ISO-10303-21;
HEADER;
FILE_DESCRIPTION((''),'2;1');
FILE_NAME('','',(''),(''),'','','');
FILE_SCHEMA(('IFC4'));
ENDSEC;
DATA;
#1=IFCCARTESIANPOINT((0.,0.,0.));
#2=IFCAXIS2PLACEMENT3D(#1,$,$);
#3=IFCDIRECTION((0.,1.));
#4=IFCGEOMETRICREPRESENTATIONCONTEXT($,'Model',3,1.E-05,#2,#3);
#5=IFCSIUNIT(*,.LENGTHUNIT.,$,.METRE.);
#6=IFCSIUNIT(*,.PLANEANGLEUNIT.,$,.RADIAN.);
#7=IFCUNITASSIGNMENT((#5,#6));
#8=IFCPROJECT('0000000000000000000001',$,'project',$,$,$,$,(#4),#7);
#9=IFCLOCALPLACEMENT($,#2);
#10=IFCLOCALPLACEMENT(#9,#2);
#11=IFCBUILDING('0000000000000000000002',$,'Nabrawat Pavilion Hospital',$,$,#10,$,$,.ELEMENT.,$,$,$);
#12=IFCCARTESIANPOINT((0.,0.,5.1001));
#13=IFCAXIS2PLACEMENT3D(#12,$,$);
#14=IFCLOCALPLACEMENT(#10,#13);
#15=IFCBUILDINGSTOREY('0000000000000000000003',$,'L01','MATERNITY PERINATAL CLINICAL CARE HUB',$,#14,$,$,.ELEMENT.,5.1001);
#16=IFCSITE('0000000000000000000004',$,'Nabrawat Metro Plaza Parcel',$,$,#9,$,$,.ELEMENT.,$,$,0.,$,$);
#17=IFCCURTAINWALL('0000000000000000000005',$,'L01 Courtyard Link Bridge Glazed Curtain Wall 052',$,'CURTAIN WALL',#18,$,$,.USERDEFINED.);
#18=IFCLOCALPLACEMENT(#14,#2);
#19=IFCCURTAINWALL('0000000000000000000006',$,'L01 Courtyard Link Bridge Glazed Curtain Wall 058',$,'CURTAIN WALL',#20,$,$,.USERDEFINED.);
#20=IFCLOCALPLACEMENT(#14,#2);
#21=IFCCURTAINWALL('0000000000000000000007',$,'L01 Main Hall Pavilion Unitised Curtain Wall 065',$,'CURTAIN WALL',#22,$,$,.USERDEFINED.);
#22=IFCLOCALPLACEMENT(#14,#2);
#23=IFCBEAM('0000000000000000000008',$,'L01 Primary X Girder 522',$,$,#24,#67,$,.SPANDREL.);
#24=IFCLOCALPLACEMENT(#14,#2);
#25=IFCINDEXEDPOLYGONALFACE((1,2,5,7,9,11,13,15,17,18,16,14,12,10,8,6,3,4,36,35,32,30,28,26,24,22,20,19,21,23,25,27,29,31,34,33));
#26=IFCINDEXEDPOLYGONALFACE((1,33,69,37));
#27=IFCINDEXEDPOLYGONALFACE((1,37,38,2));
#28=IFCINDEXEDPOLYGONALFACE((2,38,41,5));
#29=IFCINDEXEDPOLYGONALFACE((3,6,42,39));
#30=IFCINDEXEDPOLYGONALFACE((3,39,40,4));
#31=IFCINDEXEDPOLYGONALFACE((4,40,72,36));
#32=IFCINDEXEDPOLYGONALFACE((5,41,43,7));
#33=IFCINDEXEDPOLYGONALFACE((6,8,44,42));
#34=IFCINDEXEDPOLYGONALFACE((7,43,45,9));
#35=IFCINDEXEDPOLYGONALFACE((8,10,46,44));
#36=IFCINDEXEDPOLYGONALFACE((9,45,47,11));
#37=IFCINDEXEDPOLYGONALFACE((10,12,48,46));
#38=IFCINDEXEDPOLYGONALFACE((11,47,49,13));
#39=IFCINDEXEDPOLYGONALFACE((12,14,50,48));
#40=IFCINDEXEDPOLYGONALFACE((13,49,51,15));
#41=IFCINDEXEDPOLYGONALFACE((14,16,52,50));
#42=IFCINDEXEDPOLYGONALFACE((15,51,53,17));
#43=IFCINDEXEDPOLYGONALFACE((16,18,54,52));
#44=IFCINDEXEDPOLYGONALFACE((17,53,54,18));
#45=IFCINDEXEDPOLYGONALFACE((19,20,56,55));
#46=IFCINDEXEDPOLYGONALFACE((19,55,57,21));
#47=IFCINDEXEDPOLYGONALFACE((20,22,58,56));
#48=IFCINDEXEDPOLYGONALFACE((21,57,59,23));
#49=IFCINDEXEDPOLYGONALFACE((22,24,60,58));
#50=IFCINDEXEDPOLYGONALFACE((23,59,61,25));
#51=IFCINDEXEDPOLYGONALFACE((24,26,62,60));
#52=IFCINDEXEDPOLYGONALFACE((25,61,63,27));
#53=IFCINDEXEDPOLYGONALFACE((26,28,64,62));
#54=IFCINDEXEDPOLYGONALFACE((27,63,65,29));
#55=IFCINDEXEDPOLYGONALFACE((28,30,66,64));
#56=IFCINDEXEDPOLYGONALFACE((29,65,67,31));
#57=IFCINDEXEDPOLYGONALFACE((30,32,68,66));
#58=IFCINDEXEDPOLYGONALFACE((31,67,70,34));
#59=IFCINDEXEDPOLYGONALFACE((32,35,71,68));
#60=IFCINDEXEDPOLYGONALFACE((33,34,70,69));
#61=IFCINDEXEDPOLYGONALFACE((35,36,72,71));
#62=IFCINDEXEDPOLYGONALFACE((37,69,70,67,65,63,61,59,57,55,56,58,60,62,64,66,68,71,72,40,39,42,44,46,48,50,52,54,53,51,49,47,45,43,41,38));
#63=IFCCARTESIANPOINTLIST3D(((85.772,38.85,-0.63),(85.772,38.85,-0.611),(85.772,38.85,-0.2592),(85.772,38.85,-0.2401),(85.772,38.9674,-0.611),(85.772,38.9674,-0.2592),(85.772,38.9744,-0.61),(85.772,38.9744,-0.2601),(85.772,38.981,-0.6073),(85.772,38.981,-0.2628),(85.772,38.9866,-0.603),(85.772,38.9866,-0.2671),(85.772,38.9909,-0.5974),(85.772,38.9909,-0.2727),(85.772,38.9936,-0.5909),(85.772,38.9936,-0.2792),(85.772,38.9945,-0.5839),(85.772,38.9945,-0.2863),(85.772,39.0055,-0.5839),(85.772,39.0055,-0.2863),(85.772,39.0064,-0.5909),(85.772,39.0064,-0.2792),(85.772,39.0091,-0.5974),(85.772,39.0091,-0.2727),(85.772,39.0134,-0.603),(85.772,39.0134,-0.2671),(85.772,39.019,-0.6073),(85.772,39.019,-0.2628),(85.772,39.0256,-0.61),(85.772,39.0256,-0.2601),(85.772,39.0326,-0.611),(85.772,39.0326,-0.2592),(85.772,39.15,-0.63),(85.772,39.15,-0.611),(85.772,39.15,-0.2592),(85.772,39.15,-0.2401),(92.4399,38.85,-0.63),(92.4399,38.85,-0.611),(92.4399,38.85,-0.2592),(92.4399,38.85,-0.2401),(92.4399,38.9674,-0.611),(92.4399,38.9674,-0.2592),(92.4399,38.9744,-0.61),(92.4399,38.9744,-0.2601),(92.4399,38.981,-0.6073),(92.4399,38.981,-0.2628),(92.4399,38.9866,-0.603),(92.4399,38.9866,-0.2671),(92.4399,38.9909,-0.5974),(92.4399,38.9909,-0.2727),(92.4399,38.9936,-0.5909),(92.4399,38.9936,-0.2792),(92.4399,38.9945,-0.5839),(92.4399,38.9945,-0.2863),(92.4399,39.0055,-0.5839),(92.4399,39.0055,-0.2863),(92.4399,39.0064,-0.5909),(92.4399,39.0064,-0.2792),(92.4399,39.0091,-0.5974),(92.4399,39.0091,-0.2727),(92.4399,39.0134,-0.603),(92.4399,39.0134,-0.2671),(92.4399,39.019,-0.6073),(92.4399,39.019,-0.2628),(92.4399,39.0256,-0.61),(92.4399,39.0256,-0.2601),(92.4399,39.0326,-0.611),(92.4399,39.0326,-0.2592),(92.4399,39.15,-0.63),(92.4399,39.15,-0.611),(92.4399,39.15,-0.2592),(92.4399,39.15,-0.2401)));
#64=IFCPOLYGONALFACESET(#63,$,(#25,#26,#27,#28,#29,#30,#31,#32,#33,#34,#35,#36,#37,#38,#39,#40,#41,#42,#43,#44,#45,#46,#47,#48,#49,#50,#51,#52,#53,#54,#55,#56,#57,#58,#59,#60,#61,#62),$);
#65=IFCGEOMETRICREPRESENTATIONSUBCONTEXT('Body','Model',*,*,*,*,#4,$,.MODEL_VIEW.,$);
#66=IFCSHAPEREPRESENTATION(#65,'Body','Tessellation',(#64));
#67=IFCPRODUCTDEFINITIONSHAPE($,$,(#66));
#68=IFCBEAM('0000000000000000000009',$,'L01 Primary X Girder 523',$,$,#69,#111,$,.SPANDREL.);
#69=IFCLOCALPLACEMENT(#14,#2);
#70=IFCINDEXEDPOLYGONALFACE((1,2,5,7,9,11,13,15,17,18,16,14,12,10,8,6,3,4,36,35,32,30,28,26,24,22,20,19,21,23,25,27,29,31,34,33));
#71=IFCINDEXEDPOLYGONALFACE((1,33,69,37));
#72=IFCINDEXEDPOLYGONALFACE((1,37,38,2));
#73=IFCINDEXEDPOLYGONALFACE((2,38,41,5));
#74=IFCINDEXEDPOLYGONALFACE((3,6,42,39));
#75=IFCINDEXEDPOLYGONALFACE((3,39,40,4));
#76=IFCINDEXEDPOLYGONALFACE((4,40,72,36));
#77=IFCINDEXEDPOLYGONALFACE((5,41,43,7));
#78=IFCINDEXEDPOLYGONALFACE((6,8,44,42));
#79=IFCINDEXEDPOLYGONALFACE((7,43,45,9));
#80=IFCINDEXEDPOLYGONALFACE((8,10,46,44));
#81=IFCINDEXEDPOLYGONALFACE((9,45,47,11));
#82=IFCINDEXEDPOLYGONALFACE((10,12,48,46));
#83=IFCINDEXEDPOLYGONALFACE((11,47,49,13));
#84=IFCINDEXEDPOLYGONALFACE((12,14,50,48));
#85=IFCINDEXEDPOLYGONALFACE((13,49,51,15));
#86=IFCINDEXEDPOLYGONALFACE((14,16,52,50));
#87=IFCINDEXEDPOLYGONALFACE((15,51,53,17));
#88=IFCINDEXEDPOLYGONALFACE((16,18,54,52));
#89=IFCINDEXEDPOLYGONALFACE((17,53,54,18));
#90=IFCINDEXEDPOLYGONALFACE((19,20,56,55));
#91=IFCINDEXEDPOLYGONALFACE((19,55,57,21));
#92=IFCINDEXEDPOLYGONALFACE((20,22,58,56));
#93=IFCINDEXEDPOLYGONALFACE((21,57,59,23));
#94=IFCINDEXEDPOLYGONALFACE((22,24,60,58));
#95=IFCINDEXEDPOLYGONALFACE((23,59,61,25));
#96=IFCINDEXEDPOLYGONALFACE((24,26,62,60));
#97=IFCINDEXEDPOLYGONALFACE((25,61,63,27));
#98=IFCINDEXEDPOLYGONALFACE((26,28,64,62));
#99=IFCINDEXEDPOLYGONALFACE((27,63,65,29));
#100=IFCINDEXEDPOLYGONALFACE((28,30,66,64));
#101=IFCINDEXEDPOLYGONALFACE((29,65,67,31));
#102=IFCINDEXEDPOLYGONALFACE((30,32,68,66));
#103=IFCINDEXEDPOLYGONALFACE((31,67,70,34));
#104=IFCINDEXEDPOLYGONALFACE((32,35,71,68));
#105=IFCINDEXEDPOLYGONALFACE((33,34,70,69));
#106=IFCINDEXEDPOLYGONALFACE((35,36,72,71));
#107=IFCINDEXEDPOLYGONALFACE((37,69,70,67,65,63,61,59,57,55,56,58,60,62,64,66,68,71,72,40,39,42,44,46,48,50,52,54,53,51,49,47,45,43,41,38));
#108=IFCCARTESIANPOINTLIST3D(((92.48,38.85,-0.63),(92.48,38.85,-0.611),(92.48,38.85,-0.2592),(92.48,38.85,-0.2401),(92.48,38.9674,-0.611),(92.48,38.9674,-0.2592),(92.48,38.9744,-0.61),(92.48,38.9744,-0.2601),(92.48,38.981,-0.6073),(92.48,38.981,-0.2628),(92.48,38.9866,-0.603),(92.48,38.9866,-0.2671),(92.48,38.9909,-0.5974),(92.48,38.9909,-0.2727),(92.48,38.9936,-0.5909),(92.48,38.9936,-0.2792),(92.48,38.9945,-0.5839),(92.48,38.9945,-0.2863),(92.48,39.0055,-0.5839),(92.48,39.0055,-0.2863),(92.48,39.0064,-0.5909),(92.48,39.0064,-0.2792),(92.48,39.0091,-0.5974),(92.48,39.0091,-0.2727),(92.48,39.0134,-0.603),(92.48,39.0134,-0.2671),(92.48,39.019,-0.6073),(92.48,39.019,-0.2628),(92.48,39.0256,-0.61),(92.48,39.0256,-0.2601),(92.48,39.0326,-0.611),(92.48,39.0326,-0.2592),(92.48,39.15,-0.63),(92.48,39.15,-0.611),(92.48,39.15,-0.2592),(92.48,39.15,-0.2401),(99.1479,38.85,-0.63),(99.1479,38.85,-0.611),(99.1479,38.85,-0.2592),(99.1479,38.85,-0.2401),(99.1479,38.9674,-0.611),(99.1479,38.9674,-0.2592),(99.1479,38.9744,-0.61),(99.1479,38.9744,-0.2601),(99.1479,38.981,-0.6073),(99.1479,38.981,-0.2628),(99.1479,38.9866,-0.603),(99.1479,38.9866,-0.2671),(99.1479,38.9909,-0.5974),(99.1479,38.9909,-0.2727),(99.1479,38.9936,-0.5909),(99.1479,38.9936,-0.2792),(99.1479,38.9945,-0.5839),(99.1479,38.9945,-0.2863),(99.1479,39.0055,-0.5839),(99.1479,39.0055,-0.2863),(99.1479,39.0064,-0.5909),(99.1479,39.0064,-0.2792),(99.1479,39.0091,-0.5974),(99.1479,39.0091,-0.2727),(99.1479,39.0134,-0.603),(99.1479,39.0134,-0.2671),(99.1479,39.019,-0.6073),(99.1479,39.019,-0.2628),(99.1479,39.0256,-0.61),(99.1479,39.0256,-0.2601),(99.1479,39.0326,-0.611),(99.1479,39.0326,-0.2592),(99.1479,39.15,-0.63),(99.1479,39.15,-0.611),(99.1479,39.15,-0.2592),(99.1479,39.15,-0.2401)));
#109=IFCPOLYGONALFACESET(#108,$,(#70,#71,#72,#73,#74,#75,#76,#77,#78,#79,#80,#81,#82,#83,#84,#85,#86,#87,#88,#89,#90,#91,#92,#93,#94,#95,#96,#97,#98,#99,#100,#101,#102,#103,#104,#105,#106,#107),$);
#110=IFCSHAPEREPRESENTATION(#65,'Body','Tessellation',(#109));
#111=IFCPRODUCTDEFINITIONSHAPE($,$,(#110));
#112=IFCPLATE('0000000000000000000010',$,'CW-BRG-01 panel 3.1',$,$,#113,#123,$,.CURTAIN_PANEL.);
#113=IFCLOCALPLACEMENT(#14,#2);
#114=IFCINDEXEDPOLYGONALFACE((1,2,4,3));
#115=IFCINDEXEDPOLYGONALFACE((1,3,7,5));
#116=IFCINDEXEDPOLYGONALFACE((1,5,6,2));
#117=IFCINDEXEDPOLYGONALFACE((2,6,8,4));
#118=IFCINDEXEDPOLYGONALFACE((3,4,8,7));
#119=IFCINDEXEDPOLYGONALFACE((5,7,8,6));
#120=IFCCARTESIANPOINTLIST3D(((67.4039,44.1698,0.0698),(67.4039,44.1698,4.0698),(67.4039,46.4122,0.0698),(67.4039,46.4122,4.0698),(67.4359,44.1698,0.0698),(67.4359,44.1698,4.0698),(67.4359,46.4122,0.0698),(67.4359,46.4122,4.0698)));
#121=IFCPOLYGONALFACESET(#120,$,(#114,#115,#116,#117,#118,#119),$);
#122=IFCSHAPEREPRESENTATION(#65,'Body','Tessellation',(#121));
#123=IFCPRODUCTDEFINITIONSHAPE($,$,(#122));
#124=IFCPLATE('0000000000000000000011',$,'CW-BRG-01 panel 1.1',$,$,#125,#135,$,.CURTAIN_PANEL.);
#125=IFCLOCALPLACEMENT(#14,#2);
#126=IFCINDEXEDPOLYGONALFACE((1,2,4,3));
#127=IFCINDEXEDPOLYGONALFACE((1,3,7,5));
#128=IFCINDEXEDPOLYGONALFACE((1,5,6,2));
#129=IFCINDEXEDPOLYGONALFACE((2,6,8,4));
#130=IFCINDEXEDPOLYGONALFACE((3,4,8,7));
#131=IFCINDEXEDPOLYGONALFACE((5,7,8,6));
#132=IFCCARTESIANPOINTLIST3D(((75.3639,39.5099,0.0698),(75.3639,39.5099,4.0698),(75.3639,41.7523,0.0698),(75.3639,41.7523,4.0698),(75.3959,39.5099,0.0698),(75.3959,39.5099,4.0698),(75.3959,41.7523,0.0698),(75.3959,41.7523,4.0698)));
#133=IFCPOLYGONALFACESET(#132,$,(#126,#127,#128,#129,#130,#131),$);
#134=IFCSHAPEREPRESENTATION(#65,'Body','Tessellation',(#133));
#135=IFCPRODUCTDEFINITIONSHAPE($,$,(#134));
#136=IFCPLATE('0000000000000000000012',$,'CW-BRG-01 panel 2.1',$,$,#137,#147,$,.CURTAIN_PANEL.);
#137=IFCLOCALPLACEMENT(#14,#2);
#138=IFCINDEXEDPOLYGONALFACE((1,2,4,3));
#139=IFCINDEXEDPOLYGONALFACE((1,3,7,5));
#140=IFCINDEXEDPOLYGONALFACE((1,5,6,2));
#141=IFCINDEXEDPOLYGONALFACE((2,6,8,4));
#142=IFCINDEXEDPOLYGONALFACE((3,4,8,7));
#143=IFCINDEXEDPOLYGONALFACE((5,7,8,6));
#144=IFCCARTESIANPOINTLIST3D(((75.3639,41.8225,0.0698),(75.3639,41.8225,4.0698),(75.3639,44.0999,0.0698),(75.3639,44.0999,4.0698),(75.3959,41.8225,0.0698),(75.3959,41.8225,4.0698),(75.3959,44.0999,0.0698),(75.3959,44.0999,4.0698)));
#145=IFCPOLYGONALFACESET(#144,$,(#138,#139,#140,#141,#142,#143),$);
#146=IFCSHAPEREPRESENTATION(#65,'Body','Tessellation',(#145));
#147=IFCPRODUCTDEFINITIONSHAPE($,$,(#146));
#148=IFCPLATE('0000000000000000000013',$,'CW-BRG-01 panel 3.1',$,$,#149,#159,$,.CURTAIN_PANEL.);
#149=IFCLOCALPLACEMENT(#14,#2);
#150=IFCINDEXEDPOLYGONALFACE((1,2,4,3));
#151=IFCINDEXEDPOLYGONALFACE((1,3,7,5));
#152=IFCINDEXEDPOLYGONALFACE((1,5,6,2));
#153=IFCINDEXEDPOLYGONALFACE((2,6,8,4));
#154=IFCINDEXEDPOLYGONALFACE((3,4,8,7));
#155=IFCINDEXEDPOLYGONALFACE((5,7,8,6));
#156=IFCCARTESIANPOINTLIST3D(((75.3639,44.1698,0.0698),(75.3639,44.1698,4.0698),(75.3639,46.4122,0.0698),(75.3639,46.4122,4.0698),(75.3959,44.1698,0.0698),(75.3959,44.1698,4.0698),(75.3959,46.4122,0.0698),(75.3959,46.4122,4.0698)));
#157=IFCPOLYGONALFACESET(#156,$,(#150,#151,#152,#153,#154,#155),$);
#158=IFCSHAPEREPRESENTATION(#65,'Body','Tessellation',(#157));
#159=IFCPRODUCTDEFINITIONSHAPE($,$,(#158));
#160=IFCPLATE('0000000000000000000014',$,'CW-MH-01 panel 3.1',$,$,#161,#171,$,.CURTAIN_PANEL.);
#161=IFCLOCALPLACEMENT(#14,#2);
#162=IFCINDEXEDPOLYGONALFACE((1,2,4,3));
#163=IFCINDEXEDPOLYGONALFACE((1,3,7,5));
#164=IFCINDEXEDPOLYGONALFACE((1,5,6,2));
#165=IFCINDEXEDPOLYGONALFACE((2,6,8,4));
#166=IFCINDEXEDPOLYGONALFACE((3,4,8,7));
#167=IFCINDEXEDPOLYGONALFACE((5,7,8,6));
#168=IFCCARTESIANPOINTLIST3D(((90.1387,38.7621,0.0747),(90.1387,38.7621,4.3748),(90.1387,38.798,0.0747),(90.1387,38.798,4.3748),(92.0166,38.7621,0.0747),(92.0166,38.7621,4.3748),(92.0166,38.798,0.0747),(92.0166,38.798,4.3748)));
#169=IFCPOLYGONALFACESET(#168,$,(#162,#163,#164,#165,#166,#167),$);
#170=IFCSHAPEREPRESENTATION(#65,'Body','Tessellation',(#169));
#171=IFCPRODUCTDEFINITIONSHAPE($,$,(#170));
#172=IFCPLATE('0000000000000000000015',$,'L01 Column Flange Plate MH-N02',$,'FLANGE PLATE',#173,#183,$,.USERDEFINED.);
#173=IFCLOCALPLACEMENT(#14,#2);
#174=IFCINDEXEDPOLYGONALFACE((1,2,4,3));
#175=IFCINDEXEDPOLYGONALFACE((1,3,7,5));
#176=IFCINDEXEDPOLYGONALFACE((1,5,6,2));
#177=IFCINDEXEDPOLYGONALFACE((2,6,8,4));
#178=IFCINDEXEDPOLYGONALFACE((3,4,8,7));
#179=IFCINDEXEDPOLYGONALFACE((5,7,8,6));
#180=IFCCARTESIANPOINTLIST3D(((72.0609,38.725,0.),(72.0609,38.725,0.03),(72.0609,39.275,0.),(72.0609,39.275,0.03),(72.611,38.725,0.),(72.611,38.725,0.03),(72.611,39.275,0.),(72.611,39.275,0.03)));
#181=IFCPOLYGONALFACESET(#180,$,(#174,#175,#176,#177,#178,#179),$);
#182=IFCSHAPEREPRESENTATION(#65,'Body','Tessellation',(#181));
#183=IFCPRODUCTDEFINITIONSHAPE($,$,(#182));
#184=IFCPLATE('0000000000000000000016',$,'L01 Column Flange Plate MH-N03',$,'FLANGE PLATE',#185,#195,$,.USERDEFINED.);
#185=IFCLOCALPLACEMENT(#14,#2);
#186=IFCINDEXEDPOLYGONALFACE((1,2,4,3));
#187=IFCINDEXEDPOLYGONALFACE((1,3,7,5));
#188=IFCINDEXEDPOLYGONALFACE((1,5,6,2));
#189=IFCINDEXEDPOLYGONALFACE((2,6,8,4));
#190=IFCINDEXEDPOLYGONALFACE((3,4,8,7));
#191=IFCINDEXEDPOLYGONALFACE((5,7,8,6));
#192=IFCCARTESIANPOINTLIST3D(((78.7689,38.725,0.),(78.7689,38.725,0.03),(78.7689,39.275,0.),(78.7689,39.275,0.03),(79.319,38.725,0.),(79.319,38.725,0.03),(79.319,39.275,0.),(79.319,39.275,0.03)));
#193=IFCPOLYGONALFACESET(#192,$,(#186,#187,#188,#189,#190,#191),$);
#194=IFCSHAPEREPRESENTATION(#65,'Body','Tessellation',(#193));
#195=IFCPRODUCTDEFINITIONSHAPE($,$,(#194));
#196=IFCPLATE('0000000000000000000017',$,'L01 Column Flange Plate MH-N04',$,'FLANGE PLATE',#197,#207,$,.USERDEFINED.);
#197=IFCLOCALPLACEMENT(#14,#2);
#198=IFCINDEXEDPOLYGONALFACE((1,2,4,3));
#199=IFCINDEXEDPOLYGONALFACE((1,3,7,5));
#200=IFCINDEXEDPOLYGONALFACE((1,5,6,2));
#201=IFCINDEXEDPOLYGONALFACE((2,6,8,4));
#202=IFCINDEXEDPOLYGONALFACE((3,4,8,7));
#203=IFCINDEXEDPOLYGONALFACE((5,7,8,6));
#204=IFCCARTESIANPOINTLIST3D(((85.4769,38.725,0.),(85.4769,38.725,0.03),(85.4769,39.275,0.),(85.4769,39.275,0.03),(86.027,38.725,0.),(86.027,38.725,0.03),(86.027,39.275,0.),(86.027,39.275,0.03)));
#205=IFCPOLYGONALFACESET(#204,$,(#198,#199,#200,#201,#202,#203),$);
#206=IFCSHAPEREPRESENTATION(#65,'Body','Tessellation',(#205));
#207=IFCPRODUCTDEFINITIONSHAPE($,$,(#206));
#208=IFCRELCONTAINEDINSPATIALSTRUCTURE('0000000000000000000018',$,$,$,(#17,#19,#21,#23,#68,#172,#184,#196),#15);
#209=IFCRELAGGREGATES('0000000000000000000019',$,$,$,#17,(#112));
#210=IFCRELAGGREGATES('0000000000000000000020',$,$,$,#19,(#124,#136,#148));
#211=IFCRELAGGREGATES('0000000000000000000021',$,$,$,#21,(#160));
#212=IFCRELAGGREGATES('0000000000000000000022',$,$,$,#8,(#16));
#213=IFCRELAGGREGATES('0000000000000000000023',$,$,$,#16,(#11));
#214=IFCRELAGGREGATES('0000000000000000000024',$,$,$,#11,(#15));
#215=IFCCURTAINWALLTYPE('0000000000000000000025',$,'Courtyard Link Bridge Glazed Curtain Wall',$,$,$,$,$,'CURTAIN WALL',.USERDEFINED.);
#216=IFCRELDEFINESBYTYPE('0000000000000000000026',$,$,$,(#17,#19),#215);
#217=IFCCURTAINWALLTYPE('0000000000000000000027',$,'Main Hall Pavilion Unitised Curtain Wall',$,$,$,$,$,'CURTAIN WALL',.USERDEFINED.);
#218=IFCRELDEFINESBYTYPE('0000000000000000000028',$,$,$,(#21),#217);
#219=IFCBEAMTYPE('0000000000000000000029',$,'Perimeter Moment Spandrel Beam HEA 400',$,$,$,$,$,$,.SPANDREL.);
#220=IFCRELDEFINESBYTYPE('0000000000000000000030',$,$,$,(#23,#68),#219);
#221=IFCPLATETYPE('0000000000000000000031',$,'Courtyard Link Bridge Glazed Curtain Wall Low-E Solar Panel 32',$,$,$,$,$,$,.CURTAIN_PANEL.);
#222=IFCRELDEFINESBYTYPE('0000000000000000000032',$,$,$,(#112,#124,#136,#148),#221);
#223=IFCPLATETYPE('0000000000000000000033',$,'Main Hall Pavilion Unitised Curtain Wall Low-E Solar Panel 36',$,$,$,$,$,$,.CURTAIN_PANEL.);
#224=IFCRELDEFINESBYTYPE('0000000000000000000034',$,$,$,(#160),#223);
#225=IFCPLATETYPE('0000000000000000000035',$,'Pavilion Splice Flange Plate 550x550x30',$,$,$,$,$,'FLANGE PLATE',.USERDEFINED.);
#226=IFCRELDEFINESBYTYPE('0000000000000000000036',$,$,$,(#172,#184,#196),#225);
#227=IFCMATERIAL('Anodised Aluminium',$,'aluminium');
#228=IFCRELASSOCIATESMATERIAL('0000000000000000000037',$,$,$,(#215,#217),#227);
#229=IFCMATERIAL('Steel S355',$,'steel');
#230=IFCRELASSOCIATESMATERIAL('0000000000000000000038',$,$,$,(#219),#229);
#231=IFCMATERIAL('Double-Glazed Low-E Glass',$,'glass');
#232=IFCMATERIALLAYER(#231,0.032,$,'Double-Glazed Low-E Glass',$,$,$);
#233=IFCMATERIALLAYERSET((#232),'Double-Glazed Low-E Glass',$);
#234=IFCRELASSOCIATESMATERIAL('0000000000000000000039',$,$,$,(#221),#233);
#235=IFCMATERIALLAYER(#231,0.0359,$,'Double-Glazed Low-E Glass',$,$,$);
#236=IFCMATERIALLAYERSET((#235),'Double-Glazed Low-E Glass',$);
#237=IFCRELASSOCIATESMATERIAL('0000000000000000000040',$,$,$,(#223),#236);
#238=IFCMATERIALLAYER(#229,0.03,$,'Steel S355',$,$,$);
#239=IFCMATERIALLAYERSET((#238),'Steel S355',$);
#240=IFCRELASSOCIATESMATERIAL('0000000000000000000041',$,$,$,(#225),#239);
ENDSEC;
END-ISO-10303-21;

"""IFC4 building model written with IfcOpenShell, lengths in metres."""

from ifc_helpers import new_model, si_unit, direction, frame, origin, origin_2d, place, context, subcontext, project, spatial, rectangle, i_section, extrude, material, layer, layer_set, material_profile, profile_set, type_object, element, aggregate, save


model = new_model("IFC4")

# Units and contexts
model_context = context("Model", 3, precision=1e-05, world=origin(), true_north=direction((0.0, 1.0)))
body_context = subcontext(model_context, "Body", "Model", "MODEL_VIEW")
ifc_project = project(units=[si_unit("LENGTHUNIT", "METRE"), si_unit("PLANEANGLEUNIT", "RADIAN")], contexts=[model_context])

# Site, building, storey
site_placement = place(None, origin())
site = spatial("IfcSite", under=ifc_project, at=site_placement, Name="Nabrawat Metro Plaza Parcel", CompositionType="ELEMENT", RefElevation=0.0)
building_placement = place(site_placement, origin())
building = spatial("IfcBuilding", under=site, at=building_placement, Name="Nabrawat Pavilion Hospital", CompositionType="ELEMENT")
storey_placement = place(building_placement, frame((0.0, 0.0, 5.1001)))
storey = spatial("IfcBuildingStorey", under=building, at=storey_placement, Name="L01", Description="MATERNITY PERINATAL CLINICAL CARE HUB", CompositionType="ELEMENT", Elevation=5.1001)

# Shared definitions
ifc_material_1 = material(Name="Steel S355", Category="steel")

# Curtain wall
ifc_material_2 = material(Name="Anodised Aluminium", Category="aluminium")
curtain_wall_type_1 = type_object("IfcCurtainWallType", Name="Courtyard Link Bridge Glazed Curtain Wall", ElementType="CURTAIN WALL", PredefinedType="USERDEFINED", material=ifc_material_2)
curtain_wall_1_placement = place(storey_placement, origin())
curtain_wall_1 = element("IfcCurtainWall", 1, at=curtain_wall_1_placement, inside=storey, type_object=curtain_wall_type_1, Name="L01 Courtyard Link Bridge Glazed Curtain Wall 052", ObjectType="CURTAIN WALL", PredefinedType="USERDEFINED")

# Curtain wall
curtain_wall_2_placement = place(storey_placement, origin())
curtain_wall_2 = element("IfcCurtainWall", 2, at=curtain_wall_2_placement, inside=storey, type_object=curtain_wall_type_1, Name="L01 Courtyard Link Bridge Glazed Curtain Wall 058", ObjectType="CURTAIN WALL", PredefinedType="USERDEFINED")

# Curtain wall
curtain_wall_type_2 = type_object("IfcCurtainWallType", Name="Main Hall Pavilion Unitised Curtain Wall", ElementType="CURTAIN WALL", PredefinedType="USERDEFINED", material=ifc_material_2)
curtain_wall_3_placement = place(storey_placement, origin())
curtain_wall_3 = element("IfcCurtainWall", 3, at=curtain_wall_3_placement, inside=storey, type_object=curtain_wall_type_2, Name="L01 Main Hall Pavilion Unitised Curtain Wall 065", ObjectType="CURTAIN WALL", PredefinedType="USERDEFINED")

# Beams
ifc_material_profile_1 = material_profile(ifc_material_1, i_section(OverallWidth=0.3, OverallDepth=0.3899, WebThickness=0.011, FlangeThickness=0.019, FilletRadius=0.0271, at=origin_2d()), Name="HEA 400")
ifc_profile_set_1 = profile_set([ifc_material_profile_1], Name="Steel S355")
beam_type_1 = type_object("IfcBeamType", Name="Perimeter Moment Spandrel Beam HEA 400", PredefinedType="SPANDREL", material=ifc_profile_set_1)
for number, where, z_axis, x_axis, name in (
    (4, (85.772, 39.0, -0.4351), (1.0, 0.0, 0.0), (0.0, 1.0, 0.0), "L01 Primary X Girder 522"),
    (5, (92.48, 39.0, -0.4351), (1.0, 0.0, 0.0), (0.0, 1.0, 0.0), "L01 Primary X Girder 523"),
):
    element("IfcBeam", number, at=place(storey_placement, frame(where, z_axis=z_axis, x_axis=x_axis)), inside=storey, type_object=beam_type_1, Name=name, PredefinedType="SPANDREL", context=body_context, shape_type="SweptSolid", body=[
        extrude(i_section(OverallWidth=0.3, OverallDepth=0.3899, WebThickness=0.011, FlangeThickness=0.019, FilletRadius=0.0271, at=origin_2d()), origin(), (0.0, 0.0, 1.0), 6.668),
    ])

# Plates
ifc_material_3 = material(Name="Double-Glazed Low-E Glass", Category="glass")
ifc_layer_1 = layer(ifc_material_3, 0.032, Name="Double-Glazed Low-E Glass")
ifc_layer_set_1 = layer_set([ifc_layer_1], Name="Double-Glazed Low-E Glass")
plate_type_1 = type_object("IfcPlateType", Name="Courtyard Link Bridge Glazed Curtain Wall Low-E Solar Panel 32", PredefinedType="CURTAIN_PANEL", material=ifc_layer_set_1)
plate_1_placement = place(storey_placement, frame((67.4199, 45.291, 0.0698), z_axis=(0.0, 0.0, 1.0), x_axis=(0.0, 1.0, 0.0)))
plate_1 = element("IfcPlate", 6, at=plate_1_placement, type_object=plate_type_1, Name="CW-BRG-01 panel 3.1", PredefinedType="CURTAIN_PANEL", context=body_context, shape_type="SweptSolid", body=[
    extrude(rectangle(XDim=2.2424, YDim=0.032, at=origin_2d()), origin(), (0.0, 0.0, 1.0), 4.0),
])
aggregate(curtain_wall_1, [plate_1])
plate_2_placement = place(storey_placement, frame((75.3799, 40.6311, 0.0698), z_axis=(0.0, 0.0, 1.0), x_axis=(0.0, 1.0, 0.0)))
plate_2 = element("IfcPlate", 7, at=plate_2_placement, type_object=plate_type_1, Name="CW-BRG-01 panel 1.1", PredefinedType="CURTAIN_PANEL", context=body_context, shape_type="SweptSolid", body=[
    extrude(rectangle(XDim=2.2424, YDim=0.032, at=origin_2d()), origin(), (0.0, 0.0, 1.0), 4.0),
])
plate_3_placement = place(storey_placement, frame((75.3799, 42.9612, 0.0698), z_axis=(0.0, 0.0, 1.0), x_axis=(0.0, 1.0, 0.0)))
plate_3 = element("IfcPlate", 8, at=plate_3_placement, type_object=plate_type_1, Name="CW-BRG-01 panel 2.1", PredefinedType="CURTAIN_PANEL", context=body_context, shape_type="SweptSolid", body=[
    extrude(rectangle(XDim=2.2773, YDim=0.032, at=origin_2d()), origin(), (0.0, 0.0, 1.0), 4.0),
])
plate_4_placement = place(storey_placement, frame((75.3799, 45.291, 0.0698), z_axis=(0.0, 0.0, 1.0), x_axis=(0.0, 1.0, 0.0)))
plate_4 = element("IfcPlate", 9, at=plate_4_placement, type_object=plate_type_1, Name="CW-BRG-01 panel 3.1", PredefinedType="CURTAIN_PANEL", context=body_context, shape_type="SweptSolid", body=[
    extrude(rectangle(XDim=2.2424, YDim=0.032, at=origin_2d()), origin(), (0.0, 0.0, 1.0), 4.0),
])
aggregate(curtain_wall_2, [plate_2, plate_3, plate_4])
ifc_layer_2 = layer(ifc_material_3, 0.0359, Name="Double-Glazed Low-E Glass")
ifc_layer_set_2 = layer_set([ifc_layer_2], Name="Double-Glazed Low-E Glass")
plate_type_2 = type_object("IfcPlateType", Name="Main Hall Pavilion Unitised Curtain Wall Low-E Solar Panel 36", PredefinedType="CURTAIN_PANEL", material=ifc_layer_set_2)
plate_5_placement = place(storey_placement, frame((91.0776, 38.78, 0.0747), z_axis=(0.0, 0.0, 1.0), x_axis=(1.0, 0.0, 0.0)))
plate_5 = element("IfcPlate", 10, at=plate_5_placement, type_object=plate_type_2, Name="CW-MH-01 panel 3.1", PredefinedType="CURTAIN_PANEL", context=body_context, shape_type="SweptSolid", body=[
    extrude(rectangle(XDim=1.8779, YDim=0.0359, at=origin_2d()), origin(), (0.0, 0.0, 1.0), 4.3),
])
aggregate(curtain_wall_3, [plate_5])

# Plates
ifc_layer_3 = layer(ifc_material_1, 0.03, Name="Steel S355")
ifc_layer_set_3 = layer_set([ifc_layer_3], Name="Steel S355")
plate_type_3 = type_object("IfcPlateType", Name="Pavilion Splice Flange Plate 550x550x30", ElementType="FLANGE PLATE", PredefinedType="USERDEFINED", material=ifc_layer_set_3)
for number, where, z_axis, x_axis, name in (
    (11, (72.3359, 39.0, 0.0), (0.0, 0.0, 1.0), (1.0, 0.0, 0.0), "L01 Column Flange Plate MH-N02"),
    (12, (79.0439, 39.0, 0.0), (0.0, 0.0, 1.0), (1.0, 0.0, 0.0), "L01 Column Flange Plate MH-N03"),
    (13, (85.752, 39.0, 0.0), (0.0, 0.0, 1.0), (1.0, 0.0, 0.0), "L01 Column Flange Plate MH-N04"),
):
    element("IfcPlate", number, at=place(storey_placement, frame(where, z_axis=z_axis, x_axis=x_axis)), inside=storey, type_object=plate_type_3, Name=name, ObjectType="FLANGE PLATE", PredefinedType="USERDEFINED", context=body_context, shape_type="SweptSolid", body=[
        extrude(rectangle(XDim=0.55, YDim=0.55, at=origin_2d()), origin(), (0.0, 0.0, 1.0), 0.03),
    ])

save(model, "model.ifc")
